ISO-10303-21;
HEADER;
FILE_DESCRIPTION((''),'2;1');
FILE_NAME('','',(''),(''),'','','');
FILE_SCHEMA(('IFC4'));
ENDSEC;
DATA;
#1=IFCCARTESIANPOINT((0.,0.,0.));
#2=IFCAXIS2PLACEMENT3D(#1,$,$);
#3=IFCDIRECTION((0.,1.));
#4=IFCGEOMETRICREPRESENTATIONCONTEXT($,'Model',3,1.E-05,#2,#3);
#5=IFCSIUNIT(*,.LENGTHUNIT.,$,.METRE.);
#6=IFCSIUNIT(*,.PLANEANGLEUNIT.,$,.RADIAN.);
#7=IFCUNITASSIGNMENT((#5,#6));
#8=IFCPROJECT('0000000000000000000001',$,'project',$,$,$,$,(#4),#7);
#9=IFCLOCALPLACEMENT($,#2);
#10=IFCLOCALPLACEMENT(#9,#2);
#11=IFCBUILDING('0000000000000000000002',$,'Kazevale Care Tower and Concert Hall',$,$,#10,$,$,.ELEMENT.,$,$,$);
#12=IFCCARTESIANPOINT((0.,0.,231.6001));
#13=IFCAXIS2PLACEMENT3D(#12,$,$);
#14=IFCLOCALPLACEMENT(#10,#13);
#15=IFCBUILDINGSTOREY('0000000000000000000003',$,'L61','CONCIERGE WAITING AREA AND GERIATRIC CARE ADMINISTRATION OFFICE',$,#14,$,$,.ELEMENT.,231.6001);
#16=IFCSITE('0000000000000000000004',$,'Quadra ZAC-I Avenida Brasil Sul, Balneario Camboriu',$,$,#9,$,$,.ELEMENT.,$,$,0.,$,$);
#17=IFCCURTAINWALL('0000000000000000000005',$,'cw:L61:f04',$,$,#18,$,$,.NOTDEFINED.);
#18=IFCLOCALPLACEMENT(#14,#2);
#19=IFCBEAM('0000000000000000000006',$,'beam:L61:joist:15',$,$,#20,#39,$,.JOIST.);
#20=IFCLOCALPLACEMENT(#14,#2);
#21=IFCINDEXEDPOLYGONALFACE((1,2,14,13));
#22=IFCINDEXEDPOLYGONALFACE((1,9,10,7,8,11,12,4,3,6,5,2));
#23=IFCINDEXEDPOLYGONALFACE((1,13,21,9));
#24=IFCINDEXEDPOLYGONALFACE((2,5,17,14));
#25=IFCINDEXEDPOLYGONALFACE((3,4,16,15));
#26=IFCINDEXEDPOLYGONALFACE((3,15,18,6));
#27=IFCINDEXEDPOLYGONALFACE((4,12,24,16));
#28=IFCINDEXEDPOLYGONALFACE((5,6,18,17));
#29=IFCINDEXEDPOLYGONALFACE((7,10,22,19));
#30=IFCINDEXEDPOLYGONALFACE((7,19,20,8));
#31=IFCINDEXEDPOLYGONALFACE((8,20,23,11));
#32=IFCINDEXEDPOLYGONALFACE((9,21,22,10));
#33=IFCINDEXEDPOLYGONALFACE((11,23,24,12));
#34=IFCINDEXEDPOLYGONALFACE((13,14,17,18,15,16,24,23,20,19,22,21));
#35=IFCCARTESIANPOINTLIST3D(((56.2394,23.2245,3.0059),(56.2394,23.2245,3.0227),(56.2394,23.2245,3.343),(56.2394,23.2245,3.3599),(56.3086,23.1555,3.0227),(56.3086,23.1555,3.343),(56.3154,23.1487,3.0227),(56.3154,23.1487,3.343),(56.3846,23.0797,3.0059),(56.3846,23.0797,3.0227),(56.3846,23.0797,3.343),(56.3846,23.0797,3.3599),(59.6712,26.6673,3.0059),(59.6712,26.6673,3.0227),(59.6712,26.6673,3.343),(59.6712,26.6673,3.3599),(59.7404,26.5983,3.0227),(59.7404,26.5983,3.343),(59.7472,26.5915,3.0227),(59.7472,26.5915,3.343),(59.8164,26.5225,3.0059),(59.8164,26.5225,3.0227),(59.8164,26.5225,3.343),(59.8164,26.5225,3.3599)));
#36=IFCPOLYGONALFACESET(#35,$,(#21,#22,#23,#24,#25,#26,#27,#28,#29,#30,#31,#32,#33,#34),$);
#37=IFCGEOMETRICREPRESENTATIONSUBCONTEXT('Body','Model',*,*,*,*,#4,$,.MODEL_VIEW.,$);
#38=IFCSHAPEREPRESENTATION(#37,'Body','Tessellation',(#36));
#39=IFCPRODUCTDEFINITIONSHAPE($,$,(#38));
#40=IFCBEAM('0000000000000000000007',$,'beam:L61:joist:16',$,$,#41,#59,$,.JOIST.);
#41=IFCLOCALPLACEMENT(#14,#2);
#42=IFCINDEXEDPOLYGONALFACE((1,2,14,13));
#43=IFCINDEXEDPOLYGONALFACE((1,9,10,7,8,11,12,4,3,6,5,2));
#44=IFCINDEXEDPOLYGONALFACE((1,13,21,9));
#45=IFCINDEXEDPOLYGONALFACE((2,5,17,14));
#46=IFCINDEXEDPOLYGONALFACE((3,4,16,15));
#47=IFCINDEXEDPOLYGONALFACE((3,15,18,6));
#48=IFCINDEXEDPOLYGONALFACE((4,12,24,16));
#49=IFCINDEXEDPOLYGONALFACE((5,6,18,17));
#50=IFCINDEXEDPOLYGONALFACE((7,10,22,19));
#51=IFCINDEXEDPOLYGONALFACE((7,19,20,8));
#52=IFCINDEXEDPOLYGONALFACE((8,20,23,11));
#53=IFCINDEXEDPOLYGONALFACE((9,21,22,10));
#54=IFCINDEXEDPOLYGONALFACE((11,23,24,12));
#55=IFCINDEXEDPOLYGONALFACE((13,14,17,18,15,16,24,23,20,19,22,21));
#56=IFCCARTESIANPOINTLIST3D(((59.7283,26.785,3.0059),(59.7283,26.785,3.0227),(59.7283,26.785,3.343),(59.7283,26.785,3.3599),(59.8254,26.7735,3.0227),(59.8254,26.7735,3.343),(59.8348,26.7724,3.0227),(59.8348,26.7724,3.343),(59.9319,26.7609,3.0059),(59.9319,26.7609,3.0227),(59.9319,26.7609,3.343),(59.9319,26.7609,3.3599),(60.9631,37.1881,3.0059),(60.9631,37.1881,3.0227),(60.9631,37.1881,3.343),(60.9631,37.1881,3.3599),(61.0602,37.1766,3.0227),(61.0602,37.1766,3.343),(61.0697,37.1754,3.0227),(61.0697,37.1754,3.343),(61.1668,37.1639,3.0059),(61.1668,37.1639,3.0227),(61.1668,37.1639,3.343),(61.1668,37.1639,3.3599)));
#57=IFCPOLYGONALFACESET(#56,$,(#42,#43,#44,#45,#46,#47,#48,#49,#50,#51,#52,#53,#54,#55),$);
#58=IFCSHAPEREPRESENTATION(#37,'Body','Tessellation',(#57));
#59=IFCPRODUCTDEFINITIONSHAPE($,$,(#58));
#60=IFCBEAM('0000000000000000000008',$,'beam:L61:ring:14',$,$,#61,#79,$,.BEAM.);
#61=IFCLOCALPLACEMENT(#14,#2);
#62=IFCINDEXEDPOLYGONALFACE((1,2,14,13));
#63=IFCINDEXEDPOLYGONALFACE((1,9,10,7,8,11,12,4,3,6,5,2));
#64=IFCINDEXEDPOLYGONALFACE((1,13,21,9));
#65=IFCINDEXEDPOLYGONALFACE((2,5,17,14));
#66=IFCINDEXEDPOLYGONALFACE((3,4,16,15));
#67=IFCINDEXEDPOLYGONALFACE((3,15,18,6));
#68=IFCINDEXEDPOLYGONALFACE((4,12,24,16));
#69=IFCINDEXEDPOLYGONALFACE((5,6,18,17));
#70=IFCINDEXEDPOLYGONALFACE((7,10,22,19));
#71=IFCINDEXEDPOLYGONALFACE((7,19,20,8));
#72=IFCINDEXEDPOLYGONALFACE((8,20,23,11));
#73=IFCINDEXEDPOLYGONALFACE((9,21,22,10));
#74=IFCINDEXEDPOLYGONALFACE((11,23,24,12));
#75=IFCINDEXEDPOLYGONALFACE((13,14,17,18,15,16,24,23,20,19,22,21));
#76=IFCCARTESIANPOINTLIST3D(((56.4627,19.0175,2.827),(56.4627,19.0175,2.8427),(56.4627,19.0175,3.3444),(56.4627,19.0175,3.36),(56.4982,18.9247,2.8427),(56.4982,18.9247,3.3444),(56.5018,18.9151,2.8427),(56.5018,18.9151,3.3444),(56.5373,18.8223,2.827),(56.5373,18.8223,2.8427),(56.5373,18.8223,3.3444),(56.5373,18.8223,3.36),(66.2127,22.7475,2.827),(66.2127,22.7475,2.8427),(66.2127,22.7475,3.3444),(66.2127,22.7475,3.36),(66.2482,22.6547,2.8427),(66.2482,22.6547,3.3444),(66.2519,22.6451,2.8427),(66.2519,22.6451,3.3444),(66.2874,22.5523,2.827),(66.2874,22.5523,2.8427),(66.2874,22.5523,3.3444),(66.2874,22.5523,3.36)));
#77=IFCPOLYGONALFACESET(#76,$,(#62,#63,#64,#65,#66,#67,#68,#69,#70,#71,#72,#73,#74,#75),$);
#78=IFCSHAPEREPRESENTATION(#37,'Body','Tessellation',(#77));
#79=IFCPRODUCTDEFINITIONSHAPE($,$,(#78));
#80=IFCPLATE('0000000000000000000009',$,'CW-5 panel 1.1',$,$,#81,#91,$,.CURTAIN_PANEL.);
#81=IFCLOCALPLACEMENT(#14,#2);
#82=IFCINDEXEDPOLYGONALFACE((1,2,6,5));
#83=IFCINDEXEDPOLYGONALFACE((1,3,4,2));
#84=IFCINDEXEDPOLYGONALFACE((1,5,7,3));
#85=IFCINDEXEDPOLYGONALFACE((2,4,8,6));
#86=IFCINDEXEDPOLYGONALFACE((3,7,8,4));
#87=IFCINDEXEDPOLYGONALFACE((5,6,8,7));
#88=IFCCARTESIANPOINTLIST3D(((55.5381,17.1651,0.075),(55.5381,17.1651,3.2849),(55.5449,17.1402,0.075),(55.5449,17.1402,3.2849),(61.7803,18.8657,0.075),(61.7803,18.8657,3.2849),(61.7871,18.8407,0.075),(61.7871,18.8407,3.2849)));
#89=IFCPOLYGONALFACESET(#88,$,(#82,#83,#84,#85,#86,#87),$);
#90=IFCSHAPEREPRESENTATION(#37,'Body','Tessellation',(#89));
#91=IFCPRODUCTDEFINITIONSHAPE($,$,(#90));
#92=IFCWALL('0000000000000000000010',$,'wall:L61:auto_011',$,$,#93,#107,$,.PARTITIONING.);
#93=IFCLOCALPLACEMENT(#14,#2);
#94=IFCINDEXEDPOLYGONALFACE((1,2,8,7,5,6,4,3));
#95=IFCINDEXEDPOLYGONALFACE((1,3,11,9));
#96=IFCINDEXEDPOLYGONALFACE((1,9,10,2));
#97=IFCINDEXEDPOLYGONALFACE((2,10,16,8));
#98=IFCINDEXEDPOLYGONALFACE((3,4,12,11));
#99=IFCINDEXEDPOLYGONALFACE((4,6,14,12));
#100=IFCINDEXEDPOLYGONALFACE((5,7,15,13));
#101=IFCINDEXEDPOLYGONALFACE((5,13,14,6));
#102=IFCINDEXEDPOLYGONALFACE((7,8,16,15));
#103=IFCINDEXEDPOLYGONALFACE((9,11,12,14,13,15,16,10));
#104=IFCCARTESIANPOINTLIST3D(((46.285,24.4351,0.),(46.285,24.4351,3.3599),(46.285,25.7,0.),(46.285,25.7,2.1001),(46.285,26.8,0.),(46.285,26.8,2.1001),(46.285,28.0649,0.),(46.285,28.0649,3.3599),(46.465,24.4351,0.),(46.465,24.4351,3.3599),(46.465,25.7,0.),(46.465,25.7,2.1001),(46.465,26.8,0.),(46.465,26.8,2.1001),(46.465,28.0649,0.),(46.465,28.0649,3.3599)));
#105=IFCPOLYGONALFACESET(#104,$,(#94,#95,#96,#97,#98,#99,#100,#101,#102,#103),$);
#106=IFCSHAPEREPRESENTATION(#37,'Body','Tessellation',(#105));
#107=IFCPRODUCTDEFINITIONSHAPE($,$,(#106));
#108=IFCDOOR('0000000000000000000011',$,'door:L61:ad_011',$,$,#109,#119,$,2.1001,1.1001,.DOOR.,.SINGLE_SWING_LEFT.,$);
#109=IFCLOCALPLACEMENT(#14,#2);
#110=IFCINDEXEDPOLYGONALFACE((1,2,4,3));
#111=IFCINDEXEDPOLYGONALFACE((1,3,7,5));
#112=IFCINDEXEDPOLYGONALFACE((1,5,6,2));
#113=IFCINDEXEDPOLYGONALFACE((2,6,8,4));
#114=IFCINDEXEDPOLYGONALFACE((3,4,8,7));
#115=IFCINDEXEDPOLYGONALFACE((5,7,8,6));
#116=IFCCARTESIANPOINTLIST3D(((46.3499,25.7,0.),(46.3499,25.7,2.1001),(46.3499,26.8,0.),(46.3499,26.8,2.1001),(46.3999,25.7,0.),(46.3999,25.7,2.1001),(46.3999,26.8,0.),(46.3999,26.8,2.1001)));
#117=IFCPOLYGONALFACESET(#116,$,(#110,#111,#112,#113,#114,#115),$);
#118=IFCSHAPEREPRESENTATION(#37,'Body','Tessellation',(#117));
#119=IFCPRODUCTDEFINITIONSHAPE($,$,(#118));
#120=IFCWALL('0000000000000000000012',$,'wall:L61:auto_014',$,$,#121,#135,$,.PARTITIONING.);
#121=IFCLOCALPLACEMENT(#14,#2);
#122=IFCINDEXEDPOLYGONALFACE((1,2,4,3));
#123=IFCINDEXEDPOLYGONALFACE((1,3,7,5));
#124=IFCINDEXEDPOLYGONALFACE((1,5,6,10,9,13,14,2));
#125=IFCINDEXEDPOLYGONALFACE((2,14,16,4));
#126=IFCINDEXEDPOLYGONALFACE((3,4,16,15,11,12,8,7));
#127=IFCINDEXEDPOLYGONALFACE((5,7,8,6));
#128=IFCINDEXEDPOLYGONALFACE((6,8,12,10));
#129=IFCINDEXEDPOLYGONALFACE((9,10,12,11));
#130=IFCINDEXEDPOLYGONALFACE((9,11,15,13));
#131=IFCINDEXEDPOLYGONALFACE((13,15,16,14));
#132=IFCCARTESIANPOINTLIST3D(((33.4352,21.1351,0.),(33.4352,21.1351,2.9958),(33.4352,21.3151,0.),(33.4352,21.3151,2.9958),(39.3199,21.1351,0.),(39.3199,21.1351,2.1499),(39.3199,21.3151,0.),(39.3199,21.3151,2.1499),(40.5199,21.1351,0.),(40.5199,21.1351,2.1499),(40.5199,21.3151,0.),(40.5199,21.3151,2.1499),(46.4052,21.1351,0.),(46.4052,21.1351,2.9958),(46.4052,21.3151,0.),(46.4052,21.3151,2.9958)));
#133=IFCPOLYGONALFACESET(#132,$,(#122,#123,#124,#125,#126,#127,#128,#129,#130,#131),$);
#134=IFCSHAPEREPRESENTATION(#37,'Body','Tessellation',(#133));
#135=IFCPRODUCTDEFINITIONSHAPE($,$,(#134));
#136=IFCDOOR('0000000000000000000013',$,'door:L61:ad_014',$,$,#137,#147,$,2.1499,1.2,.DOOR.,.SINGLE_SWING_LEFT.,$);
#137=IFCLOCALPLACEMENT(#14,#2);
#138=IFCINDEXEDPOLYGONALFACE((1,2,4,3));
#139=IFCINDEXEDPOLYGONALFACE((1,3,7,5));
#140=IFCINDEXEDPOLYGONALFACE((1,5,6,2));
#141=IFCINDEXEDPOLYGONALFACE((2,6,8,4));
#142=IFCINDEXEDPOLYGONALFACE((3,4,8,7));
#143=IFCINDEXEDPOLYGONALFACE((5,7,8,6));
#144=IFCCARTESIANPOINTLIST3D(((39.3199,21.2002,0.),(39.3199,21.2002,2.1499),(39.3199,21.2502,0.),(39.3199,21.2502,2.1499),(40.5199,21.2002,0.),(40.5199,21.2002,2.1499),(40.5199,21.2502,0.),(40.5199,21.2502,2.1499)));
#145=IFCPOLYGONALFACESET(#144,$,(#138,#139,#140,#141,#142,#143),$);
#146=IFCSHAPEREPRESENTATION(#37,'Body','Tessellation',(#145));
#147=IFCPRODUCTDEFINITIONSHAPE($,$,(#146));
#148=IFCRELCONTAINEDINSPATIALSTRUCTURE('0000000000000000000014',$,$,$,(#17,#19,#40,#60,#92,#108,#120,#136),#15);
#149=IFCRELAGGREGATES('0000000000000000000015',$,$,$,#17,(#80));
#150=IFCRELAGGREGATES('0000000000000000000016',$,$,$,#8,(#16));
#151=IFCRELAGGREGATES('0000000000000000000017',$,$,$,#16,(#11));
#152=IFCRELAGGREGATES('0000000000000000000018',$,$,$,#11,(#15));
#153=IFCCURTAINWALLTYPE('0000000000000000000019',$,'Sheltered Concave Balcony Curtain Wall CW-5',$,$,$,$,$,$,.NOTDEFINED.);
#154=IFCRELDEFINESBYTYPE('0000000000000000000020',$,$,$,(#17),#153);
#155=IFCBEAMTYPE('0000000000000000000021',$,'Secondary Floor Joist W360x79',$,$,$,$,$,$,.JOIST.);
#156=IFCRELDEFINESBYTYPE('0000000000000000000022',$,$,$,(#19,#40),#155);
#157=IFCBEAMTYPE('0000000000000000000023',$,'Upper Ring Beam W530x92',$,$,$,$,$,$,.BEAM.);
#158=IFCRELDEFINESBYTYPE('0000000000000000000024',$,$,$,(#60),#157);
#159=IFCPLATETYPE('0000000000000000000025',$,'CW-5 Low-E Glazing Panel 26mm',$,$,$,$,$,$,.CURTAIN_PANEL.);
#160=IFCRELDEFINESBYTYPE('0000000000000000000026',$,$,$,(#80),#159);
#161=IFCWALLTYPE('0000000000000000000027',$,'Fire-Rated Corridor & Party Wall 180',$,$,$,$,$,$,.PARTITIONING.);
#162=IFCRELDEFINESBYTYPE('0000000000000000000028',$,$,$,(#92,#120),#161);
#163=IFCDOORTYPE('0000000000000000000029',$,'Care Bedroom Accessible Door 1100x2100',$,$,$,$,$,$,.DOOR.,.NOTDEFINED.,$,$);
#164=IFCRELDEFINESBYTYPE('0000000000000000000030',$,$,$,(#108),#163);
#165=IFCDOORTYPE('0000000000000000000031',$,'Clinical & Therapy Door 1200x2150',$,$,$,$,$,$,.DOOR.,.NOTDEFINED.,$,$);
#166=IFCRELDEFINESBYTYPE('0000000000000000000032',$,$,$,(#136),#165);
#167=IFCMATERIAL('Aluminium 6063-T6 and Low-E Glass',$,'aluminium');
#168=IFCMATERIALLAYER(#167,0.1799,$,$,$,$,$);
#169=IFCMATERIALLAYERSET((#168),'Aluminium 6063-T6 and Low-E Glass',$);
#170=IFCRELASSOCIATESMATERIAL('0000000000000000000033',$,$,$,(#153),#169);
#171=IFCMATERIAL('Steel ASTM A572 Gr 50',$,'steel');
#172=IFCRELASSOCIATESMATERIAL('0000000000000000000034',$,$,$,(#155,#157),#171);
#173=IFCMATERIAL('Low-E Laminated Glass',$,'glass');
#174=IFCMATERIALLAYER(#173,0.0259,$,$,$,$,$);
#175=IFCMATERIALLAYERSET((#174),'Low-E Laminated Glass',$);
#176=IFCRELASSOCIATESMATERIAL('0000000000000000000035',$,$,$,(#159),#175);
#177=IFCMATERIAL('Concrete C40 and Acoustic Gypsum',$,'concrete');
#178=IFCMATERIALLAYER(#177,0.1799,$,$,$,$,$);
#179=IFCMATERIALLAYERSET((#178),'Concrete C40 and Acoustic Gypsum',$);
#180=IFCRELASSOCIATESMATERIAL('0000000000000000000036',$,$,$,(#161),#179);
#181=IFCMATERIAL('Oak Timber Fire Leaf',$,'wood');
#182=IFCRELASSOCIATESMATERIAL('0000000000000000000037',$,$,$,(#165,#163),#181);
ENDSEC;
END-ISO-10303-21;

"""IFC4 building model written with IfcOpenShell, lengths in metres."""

from ifc_helpers import new_model, si_unit, direction, frame, frame_2d, origin, origin_2d, place, context, subcontext, project, spatial, rectangle, i_section, extrude, material, layer, layer_set, material_profile, profile_set, type_object, element, fill, aggregate, save


model = new_model("IFC4")

# Units and contexts
model_context = context("Model", 3, precision=1e-05, world=origin(), true_north=direction((0.0, 1.0)))
body_context = subcontext(model_context, "Body", "Model", "MODEL_VIEW")
ifc_project = project(units=[si_unit("LENGTHUNIT", "METRE"), si_unit("PLANEANGLEUNIT", "RADIAN")], contexts=[model_context])

# Site, building, storey
site_placement = place(None, origin())
site = spatial("IfcSite", under=ifc_project, at=site_placement, Name="Quadra ZAC-I Avenida Brasil Sul, Balneario Camboriu", CompositionType="ELEMENT", RefElevation=0.0)
building_placement = place(site_placement, origin())
building = spatial("IfcBuilding", under=site, at=building_placement, Name="Kazevale Care Tower and Concert Hall", CompositionType="ELEMENT")
storey_placement = place(building_placement, frame((0.0, 0.0, 231.6001)))
storey = spatial("IfcBuildingStorey", under=building, at=storey_placement, Name="L61", Description="CONCIERGE WAITING AREA AND GERIATRIC CARE ADMINISTRATION OFFICE", CompositionType="ELEMENT", Elevation=231.6001)

# Curtain wall
ifc_material_1 = material(Name="Aluminium 6063-T6 and Low-E Glass", Category="aluminium")
ifc_layer_1 = layer(ifc_material_1, 0.1799)
ifc_layer_set_1 = layer_set([ifc_layer_1], Name="Aluminium 6063-T6 and Low-E Glass")
curtain_wall_type = type_object("IfcCurtainWallType", Name="Sheltered Concave Balcony Curtain Wall CW-5", PredefinedType="NOTDEFINED", material=ifc_layer_set_1)
curtain_wall_1_placement = place(storey_placement, origin())
curtain_wall_1 = element("IfcCurtainWall", 1, at=curtain_wall_1_placement, inside=storey, type_object=curtain_wall_type, Name="cw:L61:f04", PredefinedType="NOTDEFINED")

# Beams
ifc_material_2 = material(Name="Steel ASTM A572 Gr 50", Category="steel")
ifc_material_profile_1 = material_profile(ifc_material_2, i_section(OverallWidth=0.2051, OverallDepth=0.354, WebThickness=0.0095, FlangeThickness=0.0168, at=origin_2d()), Name="W360x79")
ifc_profile_set_1 = profile_set([ifc_material_profile_1], Name="Steel ASTM A572 Gr 50")
beam_type_1 = type_object("IfcBeamType", Name="Secondary Floor Joist W360x79", PredefinedType="JOIST", material=ifc_profile_set_1)
beam_1_placement = place(storey_placement, frame((56.312, 23.1521, 3.1829), z_axis=(0.705976, 0.708236, 0.0), x_axis=(-0.708236, 0.705976, 0.0)))
element("IfcBeam", 2, at=beam_1_placement, inside=storey, type_object=beam_type_1, Name="beam:L61:joist:15", PredefinedType="JOIST", context=body_context, shape_type="SweptSolid", body=[
    extrude(i_section(OverallWidth=0.2051, OverallDepth=0.354, WebThickness=0.0095, FlangeThickness=0.0168, at=origin_2d()), origin(), (0.0, 0.0, 1.0), 4.8611),
])
beam_2_placement = place(storey_placement, frame((59.8301, 26.7729, 3.1829), z_axis=(0.117874, 0.993029, 0.0), x_axis=(-0.993029, 0.117874, 0.0)))
element("IfcBeam", 3, at=beam_2_placement, inside=storey, type_object=beam_type_1, Name="beam:L61:joist:16", PredefinedType="JOIST", context=body_context, shape_type="SweptSolid", body=[
    extrude(i_section(OverallWidth=0.2051, OverallDepth=0.354, WebThickness=0.0095, FlangeThickness=0.0168, at=origin_2d()), origin(), (0.0, 0.0, 1.0), 10.4761),
])
ifc_material_profile_2 = material_profile(ifc_material_2, i_section(OverallWidth=0.209, OverallDepth=0.533, WebThickness=0.0103, FlangeThickness=0.0156, at=origin_2d()), Name="W530x92")
ifc_profile_set_2 = profile_set([ifc_material_profile_2], Name="Steel ASTM A572 Gr 50")
beam_type_2 = type_object("IfcBeamType", Name="Upper Ring Beam W530x92", PredefinedType="BEAM", material=ifc_profile_set_2)
beam_3_placement = place(storey_placement, frame((56.5, 18.9199, 3.0935), z_axis=(0.933987, 0.357308, 0.0), x_axis=(-0.357308, 0.933987, 0.0)))
element("IfcBeam", 4, at=beam_3_placement, inside=storey, type_object=beam_type_2, Name="beam:L61:ring:14", PredefinedType="BEAM", context=body_context, shape_type="SweptSolid", body=[
    extrude(i_section(OverallWidth=0.209, OverallDepth=0.533, WebThickness=0.0103, FlangeThickness=0.0156, at=origin_2d()), origin(), (0.0, 0.0, 1.0), 10.4392),
])

# Plate
ifc_material_3 = material(Name="Low-E Laminated Glass", Category="glass")
ifc_layer_2 = layer(ifc_material_3, 0.0259)
ifc_layer_set_2 = layer_set([ifc_layer_2], Name="Low-E Laminated Glass")
plate_type = type_object("IfcPlateType", Name="CW-5 Low-E Glazing Panel 26mm", PredefinedType="CURTAIN_PANEL", material=ifc_layer_set_2)
plate_placement = place(storey_placement, frame((58.6626, 18.0029, 0.075), z_axis=(0.0, 0.0, 1.0), x_axis=(-0.964837, -0.262849, 0.0)))
plate = element("IfcPlate", 5, at=plate_placement, type_object=plate_type, Name="CW-5 panel 1.1", PredefinedType="CURTAIN_PANEL", context=body_context, shape_type="SweptSolid", body=[
    extrude(rectangle(XDim=6.4697, YDim=0.0259, at=origin_2d()), origin(), (0.0, 0.0, 1.0), 3.21),
])
aggregate(curtain_wall_1, [plate])

# Walls, openings, doors
ifc_material_4 = material(Name="Concrete C40 and Acoustic Gypsum", Category="concrete")
ifc_layer_3 = layer(ifc_material_4, 0.1799)
ifc_layer_set_3 = layer_set([ifc_layer_3], Name="Concrete C40 and Acoustic Gypsum")
wall_type_1 = type_object("IfcWallType", Name="Fire-Rated Corridor & Party Wall 180", PredefinedType="PARTITIONING", material=ifc_layer_set_3)
ifc_material_5 = material(Name="Oak Timber Fire Leaf", Category="wood")
door_type_1 = type_object("IfcDoorType", Name="Clinical & Therapy Door 1200x2150", OperationType="NOTDEFINED", PredefinedType="DOOR", material=ifc_material_5)
wall_1_placement = place(storey_placement, frame((46.375, 28.0649, 0.0), z_axis=(0.0, 0.0, 1.0), x_axis=(0.0, -1.0, 0.0)))
wall_1 = element("IfcWall", 6, at=wall_1_placement, inside=storey, type_object=wall_type_1, Name="wall:L61:auto_011", PredefinedType="PARTITIONING", context=body_context, shape_type="SweptSolid", body=[
    extrude(rectangle(XDim=3.6299, YDim=0.1799, at=frame_2d((1.8149, 0.0))), origin(), (0.0, 0.0, 1.0), 3.3599),
])
opening_1_placement = place(wall_1_placement, frame((1.2649, 0.0, 0.0)))
opening_1 = element("IfcOpeningElement", 7, at=opening_1_placement, cuts=wall_1, PredefinedType="OPENING", context=body_context, shape_type="SweptSolid", body=[
    extrude(rectangle(XDim=1.1001, YDim=2.1001, at=frame_2d((0.55, 1.05))), frame((0.0, 0.0999, 0.0), z_axis=(0.0, -1.0, 0.0), x_axis=(1.0, 0.0, 0.0)), (0.0, 0.0, 1.0), 0.2),
])
door_type_2 = type_object("IfcDoorType", Name="Care Bedroom Accessible Door 1100x2100", OperationType="NOTDEFINED", PredefinedType="DOOR", material=ifc_material_5)
door_1_placement = place(opening_1_placement, origin())
door_1 = element("IfcDoor", 8, at=door_1_placement, inside=storey, type_object=door_type_2, Name="door:L61:ad_011", OperationType="SINGLE_SWING_LEFT", OverallHeight=2.1001, OverallWidth=1.1001, PredefinedType="DOOR", context=body_context, shape_type="SweptSolid", body=[
    extrude(rectangle(XDim=1.1001, YDim=2.1001, at=frame_2d((0.55, 1.05))), frame((0.0, 0.0249, 0.0), z_axis=(0.0, -1.0, 0.0), x_axis=(1.0, 0.0, 0.0)), (0.0, 0.0, 1.0), 0.05),
])
fill(opening_1, door_1)
wall_2_placement = place(storey_placement, frame((46.405, 21.2251, 0.0), z_axis=(0.0, 0.0, 1.0), x_axis=(-1.0, 0.0, 0.0)))
wall_2 = element("IfcWall", 9, at=wall_2_placement, inside=storey, type_object=wall_type_1, Name="wall:L61:auto_014", PredefinedType="PARTITIONING", context=body_context, shape_type="SweptSolid", body=[
    extrude(rectangle(XDim=12.97, YDim=0.1799, at=frame_2d((6.4849, 0.0))), origin(), (0.0, 0.0, 1.0), 2.9958),
])
opening_2_placement = place(wall_2_placement, frame((5.885, 0.0, 0.0)))
opening_2 = element("IfcOpeningElement", 10, at=opening_2_placement, cuts=wall_2, PredefinedType="OPENING", context=body_context, shape_type="SweptSolid", body=[
    extrude(rectangle(XDim=1.2, YDim=2.1499, at=frame_2d((0.6001, 1.075))), frame((0.0, 0.0999, 0.0), z_axis=(0.0, -1.0, 0.0), x_axis=(1.0, 0.0, 0.0)), (0.0, 0.0, 1.0), 0.2),
])
door_2_placement = place(opening_2_placement, origin())
door_2 = element("IfcDoor", 11, at=door_2_placement, inside=storey, type_object=door_type_1, Name="door:L61:ad_014", OperationType="SINGLE_SWING_LEFT", OverallHeight=2.1499, OverallWidth=1.2, PredefinedType="DOOR", context=body_context, shape_type="SweptSolid", body=[
    extrude(rectangle(XDim=1.2, YDim=2.1499, at=frame_2d((0.6001, 1.075))), frame((0.0, 0.0249, 0.0), z_axis=(0.0, -1.0, 0.0), x_axis=(1.0, 0.0, 0.0)), (0.0, 0.0, 1.0), 0.05),
])
fill(opening_2, door_2)

save(model, "model.ifc")
